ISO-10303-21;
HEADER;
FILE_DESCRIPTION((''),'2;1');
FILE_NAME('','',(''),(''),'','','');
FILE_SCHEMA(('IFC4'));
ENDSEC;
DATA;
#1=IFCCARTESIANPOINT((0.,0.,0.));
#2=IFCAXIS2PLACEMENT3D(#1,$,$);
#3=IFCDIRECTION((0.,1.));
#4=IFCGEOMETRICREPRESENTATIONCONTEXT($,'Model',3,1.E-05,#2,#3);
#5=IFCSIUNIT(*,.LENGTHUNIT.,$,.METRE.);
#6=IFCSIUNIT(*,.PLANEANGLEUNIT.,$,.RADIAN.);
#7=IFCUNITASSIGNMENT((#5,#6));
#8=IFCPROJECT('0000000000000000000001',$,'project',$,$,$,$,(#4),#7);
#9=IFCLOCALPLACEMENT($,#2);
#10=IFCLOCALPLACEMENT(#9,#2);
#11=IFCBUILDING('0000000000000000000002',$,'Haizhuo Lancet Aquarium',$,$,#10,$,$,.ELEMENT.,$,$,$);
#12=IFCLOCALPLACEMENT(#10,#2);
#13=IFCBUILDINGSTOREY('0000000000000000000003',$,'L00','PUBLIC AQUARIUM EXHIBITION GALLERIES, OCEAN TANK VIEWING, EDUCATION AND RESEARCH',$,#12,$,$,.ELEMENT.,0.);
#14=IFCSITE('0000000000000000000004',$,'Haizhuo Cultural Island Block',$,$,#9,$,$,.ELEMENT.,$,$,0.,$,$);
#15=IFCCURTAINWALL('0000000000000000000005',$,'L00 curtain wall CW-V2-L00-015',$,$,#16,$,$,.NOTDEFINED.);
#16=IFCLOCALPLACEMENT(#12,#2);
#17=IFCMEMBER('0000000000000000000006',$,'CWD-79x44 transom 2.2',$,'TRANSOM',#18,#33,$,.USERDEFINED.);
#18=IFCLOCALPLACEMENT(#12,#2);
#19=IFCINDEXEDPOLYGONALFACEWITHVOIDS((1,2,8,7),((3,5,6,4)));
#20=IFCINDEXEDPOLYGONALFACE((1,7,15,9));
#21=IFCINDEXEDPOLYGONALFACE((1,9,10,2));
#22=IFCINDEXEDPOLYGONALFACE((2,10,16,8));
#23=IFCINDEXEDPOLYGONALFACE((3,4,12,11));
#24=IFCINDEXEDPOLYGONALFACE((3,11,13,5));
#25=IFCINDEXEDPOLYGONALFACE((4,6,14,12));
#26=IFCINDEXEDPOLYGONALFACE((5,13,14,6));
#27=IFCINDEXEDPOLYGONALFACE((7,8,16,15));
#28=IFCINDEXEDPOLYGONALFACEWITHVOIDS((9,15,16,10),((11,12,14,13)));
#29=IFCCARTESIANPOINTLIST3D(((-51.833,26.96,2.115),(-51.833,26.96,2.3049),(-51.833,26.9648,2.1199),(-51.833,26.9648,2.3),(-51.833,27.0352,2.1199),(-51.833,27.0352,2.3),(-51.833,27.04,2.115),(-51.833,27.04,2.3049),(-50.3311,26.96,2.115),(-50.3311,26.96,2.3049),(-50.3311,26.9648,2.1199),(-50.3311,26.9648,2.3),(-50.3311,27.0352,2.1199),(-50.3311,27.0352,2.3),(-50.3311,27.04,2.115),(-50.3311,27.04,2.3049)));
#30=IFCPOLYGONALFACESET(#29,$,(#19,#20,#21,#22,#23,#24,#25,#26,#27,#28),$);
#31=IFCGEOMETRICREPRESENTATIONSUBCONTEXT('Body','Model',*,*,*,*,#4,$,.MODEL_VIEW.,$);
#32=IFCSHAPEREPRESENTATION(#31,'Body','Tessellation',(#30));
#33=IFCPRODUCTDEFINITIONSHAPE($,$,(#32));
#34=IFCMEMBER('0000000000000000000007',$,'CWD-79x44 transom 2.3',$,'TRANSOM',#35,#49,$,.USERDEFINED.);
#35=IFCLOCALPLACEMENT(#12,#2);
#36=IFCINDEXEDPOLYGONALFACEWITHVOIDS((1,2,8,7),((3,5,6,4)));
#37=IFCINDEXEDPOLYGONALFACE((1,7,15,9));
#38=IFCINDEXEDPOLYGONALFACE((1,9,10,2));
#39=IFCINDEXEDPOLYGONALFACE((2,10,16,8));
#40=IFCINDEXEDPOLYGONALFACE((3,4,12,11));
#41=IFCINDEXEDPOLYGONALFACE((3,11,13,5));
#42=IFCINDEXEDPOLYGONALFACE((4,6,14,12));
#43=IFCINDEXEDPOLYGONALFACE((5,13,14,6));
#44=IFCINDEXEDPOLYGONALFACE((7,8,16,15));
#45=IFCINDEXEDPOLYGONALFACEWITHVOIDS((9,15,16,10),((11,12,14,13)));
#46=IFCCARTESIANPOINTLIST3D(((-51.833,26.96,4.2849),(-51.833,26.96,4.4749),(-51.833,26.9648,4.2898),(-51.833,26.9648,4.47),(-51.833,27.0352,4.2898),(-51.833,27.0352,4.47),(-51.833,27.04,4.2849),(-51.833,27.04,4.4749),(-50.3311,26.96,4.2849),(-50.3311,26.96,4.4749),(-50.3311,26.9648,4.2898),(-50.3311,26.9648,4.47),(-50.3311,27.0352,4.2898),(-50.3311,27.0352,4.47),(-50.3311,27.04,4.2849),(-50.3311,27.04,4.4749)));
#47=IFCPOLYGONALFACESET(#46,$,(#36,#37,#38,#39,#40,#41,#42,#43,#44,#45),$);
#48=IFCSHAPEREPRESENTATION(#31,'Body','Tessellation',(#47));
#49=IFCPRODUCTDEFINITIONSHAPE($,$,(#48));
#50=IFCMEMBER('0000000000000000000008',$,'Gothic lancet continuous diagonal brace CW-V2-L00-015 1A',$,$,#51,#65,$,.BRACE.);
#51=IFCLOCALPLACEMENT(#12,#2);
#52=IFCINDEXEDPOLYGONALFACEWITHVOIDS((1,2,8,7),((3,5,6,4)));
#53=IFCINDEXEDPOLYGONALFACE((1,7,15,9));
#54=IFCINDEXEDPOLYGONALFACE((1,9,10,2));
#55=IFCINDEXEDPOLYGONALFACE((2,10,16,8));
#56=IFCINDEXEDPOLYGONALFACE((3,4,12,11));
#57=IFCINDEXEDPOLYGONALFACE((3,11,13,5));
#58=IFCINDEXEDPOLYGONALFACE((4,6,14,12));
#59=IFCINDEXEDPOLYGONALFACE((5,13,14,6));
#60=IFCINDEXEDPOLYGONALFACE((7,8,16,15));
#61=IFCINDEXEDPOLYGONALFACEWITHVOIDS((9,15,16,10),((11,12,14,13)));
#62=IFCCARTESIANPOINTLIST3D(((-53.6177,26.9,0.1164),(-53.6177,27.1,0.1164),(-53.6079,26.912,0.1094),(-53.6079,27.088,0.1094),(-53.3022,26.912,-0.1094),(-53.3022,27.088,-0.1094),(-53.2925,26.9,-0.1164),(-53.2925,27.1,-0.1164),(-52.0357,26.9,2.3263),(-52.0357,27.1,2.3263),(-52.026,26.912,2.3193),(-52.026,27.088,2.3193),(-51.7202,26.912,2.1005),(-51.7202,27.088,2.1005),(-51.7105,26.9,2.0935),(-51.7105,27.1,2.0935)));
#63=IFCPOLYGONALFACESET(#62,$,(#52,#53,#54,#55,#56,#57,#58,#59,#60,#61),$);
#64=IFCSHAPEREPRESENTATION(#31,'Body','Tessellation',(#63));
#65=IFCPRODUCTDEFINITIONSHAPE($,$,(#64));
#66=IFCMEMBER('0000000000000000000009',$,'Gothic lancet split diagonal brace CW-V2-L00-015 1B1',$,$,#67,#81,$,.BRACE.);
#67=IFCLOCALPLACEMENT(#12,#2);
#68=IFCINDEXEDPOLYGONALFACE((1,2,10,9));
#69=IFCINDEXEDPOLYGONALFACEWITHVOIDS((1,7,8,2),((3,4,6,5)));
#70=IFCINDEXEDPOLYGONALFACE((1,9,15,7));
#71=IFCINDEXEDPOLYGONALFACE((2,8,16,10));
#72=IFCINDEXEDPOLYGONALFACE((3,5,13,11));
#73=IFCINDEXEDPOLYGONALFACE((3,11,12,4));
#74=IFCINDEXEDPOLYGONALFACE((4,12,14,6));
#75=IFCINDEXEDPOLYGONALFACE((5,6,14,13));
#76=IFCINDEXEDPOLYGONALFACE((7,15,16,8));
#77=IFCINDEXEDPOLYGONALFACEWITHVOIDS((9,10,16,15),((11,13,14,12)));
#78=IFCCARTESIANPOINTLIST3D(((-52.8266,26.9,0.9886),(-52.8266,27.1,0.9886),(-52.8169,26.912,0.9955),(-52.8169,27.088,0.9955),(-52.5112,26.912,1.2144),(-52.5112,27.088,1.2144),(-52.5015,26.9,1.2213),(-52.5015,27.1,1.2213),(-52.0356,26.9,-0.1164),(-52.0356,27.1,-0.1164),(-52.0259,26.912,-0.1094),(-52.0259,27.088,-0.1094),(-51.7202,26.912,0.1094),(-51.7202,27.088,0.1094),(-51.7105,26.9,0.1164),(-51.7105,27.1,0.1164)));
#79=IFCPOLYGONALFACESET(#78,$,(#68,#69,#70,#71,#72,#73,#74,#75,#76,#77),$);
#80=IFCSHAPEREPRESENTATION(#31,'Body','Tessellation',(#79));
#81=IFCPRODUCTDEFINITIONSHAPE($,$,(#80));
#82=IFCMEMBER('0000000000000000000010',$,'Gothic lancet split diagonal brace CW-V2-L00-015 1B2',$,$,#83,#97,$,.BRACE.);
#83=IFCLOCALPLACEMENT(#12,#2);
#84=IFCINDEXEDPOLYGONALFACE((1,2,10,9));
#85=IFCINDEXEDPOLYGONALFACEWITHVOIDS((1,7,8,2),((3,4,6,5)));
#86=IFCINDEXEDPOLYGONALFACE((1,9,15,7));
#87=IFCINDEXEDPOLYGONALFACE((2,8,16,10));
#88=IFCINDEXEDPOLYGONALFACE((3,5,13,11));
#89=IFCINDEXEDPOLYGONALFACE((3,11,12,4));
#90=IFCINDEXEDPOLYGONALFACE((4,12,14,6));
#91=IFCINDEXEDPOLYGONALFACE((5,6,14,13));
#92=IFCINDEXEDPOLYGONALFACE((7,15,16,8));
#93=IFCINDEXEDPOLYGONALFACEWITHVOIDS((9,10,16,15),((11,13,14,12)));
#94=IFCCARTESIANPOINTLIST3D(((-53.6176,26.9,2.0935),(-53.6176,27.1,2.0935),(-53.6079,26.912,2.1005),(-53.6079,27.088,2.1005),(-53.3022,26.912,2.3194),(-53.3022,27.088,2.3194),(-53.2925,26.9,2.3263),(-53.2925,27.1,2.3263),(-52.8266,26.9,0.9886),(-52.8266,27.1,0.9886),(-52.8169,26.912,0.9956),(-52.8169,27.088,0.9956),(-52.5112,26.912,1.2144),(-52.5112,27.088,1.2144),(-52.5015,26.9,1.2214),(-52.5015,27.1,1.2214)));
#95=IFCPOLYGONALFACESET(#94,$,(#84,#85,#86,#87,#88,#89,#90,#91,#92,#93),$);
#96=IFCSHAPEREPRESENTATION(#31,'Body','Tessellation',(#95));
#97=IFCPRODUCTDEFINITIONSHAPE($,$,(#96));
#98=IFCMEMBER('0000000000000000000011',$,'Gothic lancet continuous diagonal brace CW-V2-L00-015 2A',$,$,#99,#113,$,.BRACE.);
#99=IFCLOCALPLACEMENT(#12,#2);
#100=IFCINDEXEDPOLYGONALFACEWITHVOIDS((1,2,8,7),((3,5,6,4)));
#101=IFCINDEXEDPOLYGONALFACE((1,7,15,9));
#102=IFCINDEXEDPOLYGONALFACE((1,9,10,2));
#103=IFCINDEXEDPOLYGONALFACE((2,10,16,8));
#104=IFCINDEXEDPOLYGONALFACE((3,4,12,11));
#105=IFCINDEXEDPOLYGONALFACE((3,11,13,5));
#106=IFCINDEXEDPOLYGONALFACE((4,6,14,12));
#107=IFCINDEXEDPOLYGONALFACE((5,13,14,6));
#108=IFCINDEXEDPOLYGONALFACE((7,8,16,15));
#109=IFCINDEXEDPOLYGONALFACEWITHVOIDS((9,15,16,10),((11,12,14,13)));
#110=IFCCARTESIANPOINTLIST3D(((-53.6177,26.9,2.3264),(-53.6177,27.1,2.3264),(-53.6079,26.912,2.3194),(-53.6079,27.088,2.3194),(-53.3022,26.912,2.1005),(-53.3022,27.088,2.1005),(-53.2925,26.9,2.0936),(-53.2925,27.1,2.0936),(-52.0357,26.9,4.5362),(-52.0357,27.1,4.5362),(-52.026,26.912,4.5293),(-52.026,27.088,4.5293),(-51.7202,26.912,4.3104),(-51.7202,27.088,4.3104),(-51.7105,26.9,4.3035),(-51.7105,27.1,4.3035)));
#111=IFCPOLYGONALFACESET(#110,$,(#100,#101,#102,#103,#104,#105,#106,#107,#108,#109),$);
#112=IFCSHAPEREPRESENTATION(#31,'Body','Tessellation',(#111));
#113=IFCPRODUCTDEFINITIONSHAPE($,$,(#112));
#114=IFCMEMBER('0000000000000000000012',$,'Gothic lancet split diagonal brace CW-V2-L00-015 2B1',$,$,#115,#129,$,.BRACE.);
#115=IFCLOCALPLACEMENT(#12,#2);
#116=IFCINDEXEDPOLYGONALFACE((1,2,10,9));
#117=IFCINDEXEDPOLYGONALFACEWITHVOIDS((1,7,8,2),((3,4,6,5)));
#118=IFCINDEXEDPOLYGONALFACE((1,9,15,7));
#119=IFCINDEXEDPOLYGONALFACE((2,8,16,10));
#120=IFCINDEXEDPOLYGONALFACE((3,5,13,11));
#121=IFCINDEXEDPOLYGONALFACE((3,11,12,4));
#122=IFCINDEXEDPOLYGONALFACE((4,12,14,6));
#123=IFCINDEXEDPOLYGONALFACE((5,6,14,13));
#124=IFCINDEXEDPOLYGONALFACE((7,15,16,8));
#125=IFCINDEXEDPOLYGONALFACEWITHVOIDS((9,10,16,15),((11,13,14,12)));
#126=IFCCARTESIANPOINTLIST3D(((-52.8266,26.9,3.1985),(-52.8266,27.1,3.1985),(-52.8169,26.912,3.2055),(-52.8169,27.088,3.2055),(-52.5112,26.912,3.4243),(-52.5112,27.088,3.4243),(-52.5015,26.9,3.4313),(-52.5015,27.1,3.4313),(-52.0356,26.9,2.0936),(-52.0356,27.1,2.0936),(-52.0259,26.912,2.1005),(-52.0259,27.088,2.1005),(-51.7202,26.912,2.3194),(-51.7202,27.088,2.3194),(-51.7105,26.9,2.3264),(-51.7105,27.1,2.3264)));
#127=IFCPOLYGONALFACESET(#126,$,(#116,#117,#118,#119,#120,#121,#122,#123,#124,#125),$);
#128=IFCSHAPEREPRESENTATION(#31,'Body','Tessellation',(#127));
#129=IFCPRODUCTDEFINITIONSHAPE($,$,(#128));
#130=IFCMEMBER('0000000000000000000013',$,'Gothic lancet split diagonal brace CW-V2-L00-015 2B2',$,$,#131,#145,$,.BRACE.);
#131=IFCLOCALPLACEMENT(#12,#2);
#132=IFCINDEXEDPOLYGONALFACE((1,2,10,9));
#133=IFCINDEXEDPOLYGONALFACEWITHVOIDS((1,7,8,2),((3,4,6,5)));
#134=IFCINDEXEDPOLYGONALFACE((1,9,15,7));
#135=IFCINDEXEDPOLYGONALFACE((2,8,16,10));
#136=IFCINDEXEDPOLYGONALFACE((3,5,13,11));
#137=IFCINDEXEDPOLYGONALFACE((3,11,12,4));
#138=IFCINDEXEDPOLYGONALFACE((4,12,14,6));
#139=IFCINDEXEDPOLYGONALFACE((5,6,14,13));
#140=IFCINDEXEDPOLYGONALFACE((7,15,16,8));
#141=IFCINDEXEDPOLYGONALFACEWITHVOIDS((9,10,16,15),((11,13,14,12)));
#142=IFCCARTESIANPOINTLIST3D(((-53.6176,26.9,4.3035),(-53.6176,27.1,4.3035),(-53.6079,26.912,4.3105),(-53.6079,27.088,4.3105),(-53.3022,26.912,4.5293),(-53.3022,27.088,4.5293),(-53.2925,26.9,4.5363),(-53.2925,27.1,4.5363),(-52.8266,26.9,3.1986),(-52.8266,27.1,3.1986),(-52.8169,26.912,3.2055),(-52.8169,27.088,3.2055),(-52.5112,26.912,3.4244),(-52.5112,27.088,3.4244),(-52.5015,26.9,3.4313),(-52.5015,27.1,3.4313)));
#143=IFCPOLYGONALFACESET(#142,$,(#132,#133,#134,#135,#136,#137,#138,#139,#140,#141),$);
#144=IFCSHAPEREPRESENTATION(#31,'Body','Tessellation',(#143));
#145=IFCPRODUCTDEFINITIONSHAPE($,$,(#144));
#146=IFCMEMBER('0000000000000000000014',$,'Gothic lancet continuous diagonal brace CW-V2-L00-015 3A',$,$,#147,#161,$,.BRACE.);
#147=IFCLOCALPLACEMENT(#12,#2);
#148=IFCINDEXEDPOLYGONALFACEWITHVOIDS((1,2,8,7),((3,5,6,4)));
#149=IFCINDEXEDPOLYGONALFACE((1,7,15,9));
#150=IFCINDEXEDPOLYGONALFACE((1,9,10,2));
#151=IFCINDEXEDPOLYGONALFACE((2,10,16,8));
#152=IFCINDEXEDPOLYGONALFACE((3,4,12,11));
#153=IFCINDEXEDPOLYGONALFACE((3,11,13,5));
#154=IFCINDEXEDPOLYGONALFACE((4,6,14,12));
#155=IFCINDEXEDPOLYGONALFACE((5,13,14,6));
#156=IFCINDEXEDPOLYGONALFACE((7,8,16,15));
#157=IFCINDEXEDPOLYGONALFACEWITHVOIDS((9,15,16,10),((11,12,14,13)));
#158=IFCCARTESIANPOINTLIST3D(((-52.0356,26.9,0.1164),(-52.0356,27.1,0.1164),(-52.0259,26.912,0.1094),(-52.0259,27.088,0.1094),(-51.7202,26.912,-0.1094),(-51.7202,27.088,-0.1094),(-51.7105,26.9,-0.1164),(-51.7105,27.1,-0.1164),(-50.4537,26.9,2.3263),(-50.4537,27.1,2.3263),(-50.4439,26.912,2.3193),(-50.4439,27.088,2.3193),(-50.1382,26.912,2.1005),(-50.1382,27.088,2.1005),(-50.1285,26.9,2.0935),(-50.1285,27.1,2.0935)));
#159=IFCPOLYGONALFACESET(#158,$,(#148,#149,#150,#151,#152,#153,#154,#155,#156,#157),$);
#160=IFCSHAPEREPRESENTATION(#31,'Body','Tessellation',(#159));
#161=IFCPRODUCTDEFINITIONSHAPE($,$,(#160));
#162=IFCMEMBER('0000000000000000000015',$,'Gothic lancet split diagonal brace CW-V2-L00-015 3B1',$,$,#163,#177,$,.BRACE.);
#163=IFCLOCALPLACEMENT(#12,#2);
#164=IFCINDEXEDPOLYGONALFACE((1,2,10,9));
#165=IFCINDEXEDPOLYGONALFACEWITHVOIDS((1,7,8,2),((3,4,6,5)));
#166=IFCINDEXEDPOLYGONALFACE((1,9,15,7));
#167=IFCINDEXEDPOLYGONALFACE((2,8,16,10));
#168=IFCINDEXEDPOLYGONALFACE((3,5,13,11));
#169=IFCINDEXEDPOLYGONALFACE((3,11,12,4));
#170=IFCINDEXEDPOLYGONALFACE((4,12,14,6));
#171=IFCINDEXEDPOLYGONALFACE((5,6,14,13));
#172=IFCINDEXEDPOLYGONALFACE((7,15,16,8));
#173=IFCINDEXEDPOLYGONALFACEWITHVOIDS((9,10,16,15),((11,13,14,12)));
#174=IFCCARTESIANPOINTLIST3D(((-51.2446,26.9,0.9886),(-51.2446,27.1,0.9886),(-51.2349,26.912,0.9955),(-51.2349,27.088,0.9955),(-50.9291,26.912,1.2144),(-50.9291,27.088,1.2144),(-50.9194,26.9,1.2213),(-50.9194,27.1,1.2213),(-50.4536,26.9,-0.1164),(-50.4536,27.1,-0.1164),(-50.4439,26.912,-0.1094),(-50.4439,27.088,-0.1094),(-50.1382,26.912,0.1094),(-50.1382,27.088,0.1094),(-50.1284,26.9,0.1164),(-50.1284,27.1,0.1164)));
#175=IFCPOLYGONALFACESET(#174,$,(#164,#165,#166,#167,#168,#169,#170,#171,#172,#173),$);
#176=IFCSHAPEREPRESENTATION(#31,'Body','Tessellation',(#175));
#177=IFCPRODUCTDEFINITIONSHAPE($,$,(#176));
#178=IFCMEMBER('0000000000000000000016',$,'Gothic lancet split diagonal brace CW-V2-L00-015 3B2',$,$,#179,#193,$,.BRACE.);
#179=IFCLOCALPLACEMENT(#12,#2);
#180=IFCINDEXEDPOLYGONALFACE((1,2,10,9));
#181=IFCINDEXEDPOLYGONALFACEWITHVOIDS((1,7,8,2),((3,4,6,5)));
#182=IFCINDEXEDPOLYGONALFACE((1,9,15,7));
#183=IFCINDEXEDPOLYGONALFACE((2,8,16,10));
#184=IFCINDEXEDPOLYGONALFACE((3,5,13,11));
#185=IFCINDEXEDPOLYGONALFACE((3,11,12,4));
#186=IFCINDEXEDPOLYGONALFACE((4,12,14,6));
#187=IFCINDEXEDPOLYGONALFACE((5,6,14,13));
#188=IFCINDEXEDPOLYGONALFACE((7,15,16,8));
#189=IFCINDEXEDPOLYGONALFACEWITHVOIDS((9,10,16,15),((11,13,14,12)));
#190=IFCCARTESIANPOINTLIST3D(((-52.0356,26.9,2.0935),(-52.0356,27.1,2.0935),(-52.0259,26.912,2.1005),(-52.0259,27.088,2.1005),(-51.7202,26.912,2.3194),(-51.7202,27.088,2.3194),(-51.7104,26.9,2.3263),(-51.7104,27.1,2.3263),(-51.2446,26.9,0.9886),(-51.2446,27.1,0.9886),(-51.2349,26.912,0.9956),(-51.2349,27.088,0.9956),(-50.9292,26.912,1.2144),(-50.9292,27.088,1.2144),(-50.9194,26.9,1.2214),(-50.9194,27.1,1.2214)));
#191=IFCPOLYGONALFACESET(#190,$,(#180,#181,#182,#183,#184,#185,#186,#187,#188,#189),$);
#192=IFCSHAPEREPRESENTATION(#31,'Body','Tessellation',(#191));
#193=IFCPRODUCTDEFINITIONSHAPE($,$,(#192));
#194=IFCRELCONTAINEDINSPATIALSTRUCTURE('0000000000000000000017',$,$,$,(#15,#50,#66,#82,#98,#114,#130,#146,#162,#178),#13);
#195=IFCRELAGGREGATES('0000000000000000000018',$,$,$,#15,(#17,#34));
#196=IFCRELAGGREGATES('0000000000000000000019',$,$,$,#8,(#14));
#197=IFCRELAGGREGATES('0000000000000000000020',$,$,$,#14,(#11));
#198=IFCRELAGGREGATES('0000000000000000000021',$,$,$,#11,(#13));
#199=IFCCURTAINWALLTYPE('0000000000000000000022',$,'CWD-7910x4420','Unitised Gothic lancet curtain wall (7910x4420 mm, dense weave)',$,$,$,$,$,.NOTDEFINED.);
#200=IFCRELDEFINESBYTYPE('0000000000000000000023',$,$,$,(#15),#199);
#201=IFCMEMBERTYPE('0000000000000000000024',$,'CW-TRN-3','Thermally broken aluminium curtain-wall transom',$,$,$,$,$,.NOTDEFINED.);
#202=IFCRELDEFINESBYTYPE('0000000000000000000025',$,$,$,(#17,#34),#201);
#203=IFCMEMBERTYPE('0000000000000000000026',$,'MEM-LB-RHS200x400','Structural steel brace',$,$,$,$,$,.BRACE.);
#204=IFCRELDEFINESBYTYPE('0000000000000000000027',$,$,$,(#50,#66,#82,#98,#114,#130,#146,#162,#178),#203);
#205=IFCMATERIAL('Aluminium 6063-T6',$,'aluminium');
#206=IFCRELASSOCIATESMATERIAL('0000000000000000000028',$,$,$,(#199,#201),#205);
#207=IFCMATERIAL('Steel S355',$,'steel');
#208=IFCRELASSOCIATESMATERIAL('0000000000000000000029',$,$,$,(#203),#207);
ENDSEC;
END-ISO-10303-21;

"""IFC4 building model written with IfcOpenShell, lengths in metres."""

from ifc_helpers import new_model, si_unit, direction, frame, origin, origin_2d, place, context, subcontext, project, spatial, hollow_rectangle, extrude, material, material_profile, profile_set, type_object, element, aggregate, save


model = new_model("IFC4")

# Units and contexts
model_context = context("Model", 3, precision=1e-05, world=origin(), true_north=direction((0.0, 1.0)))
body_context = subcontext(model_context, "Body", "Model", "MODEL_VIEW")
ifc_project = project(units=[si_unit("LENGTHUNIT", "METRE"), si_unit("PLANEANGLEUNIT", "RADIAN")], contexts=[model_context])

# Site, building, storey
site_placement = place(None, origin())
site = spatial("IfcSite", under=ifc_project, at=site_placement, Name="Haizhuo Cultural Island Block", CompositionType="ELEMENT", RefElevation=0.0)
building_placement = place(site_placement, origin())
building = spatial("IfcBuilding", under=site, at=building_placement, Name="Haizhuo Lancet Aquarium", CompositionType="ELEMENT")
storey_placement = place(building_placement, origin())
storey = spatial("IfcBuildingStorey", under=building, at=storey_placement, Name="L00", Description="PUBLIC AQUARIUM EXHIBITION GALLERIES, OCEAN TANK VIEWING, EDUCATION AND RESEARCH", CompositionType="ELEMENT", Elevation=0.0)

# Shared definitions
ifc_material_1 = material(Name="Steel S355", Category="steel")

# Curtain wall, members
ifc_material_2 = material(Name="Aluminium 6063-T6", Category="aluminium")
curtain_wall_type = type_object("IfcCurtainWallType", Name="CWD-7910x4420", Description="Unitised Gothic lancet curtain wall (7910x4420 mm, dense weave)", PredefinedType="NOTDEFINED", material=ifc_material_2)
curtain_wall_placement = place(storey_placement, origin())
curtain_wall = element("IfcCurtainWall", 1, at=curtain_wall_placement, inside=storey, type_object=curtain_wall_type, Name="L00 curtain wall CW-V2-L00-015", PredefinedType="NOTDEFINED")
ifc_material_profile_1 = material_profile(ifc_material_2, hollow_rectangle(XDim=0.0801, YDim=0.1899, WallThickness=0.0049, at=origin_2d()), Name="ALU-T 80x190x5")
ifc_profile_set_1 = profile_set([ifc_material_profile_1], Name="Aluminium 6063-T6")
member_type_1 = type_object("IfcMemberType", Name="CW-TRN-3", Description="Thermally broken aluminium curtain-wall transom", PredefinedType="NOTDEFINED", material=ifc_profile_set_1)
member_1_placement = place(storey_placement, frame((-51.833, 27.0, 2.21), z_axis=(1.0, 0.0, 0.0), x_axis=(0.0, 1.0, 0.0)))
member_1 = element("IfcMember", 2, at=member_1_placement, type_object=member_type_1, Name="CWD-79x44 transom 2.2", ObjectType="TRANSOM", PredefinedType="USERDEFINED", context=body_context, shape_type="SweptSolid", body=[
    extrude(hollow_rectangle(XDim=0.0801, YDim=0.1899, WallThickness=0.0049, at=origin_2d()), origin(), (0.0, 0.0, 1.0), 1.502),
])
member_2_placement = place(storey_placement, frame((-51.833, 27.0, 4.3799), z_axis=(1.0, 0.0, 0.0), x_axis=(0.0, 1.0, 0.0)))
member_2 = element("IfcMember", 3, at=member_2_placement, type_object=member_type_1, Name="CWD-79x44 transom 2.3", ObjectType="TRANSOM", PredefinedType="USERDEFINED", context=body_context, shape_type="SweptSolid", body=[
    extrude(hollow_rectangle(XDim=0.0801, YDim=0.1899, WallThickness=0.0049, at=origin_2d()), origin(), (0.0, 0.0, 1.0), 1.502),
])

# Members
ifc_material_profile_2 = material_profile(ifc_material_1, hollow_rectangle(XDim=0.2, YDim=0.3999, WallThickness=0.012, at=origin_2d()), Name="RHS 200x400x12")
ifc_profile_set_2 = profile_set([ifc_material_profile_2], Name="Steel S355")
member_type_2 = type_object("IfcMemberType", Name="MEM-LB-RHS200x400", Description="Structural steel brace", PredefinedType="BRACE", material=ifc_profile_set_2)
member_3_placement = place(storey_placement, frame((-53.4551, 27.0, 0.0), z_axis=(0.582088, 0.0, 0.813126), x_axis=(0.0, 1.0, 0.0)))
element("IfcMember", 4, at=member_3_placement, inside=storey, type_object=member_type_2, Name="Gothic lancet continuous diagonal brace CW-V2-L00-015 1A", PredefinedType="BRACE", context=body_context, shape_type="SweptSolid", body=[
    extrude(hollow_rectangle(XDim=0.2, YDim=0.3999, WallThickness=0.012, at=origin_2d()), origin(), (0.0, 0.0, 1.0), 2.7178),
])
for number, where, z_axis, x_axis, name in (
    (5, (-51.873, 27.0, 0.0), (-0.582088, 0.0, 0.813126), (0.0, -1.0, 0.0), "Gothic lancet split diagonal brace CW-V2-L00-015 1B1"),
    (6, (-52.6641, 27.0, 1.105), (-0.582088, 0.0, 0.813126), (0.0, -1.0, 0.0), "Gothic lancet split diagonal brace CW-V2-L00-015 1B2"),
):
    element("IfcMember", number, at=place(storey_placement, frame(where, z_axis=z_axis, x_axis=x_axis)), inside=storey, type_object=member_type_2, Name=name, PredefinedType="BRACE", context=body_context, shape_type="SweptSolid", body=[
        extrude(hollow_rectangle(XDim=0.2, YDim=0.3999, WallThickness=0.012, at=origin_2d()), origin(), (0.0, 0.0, 1.0), 1.3589),
    ])
member_4_placement = place(storey_placement, frame((-53.4551, 27.0, 2.21), z_axis=(0.582088, 0.0, 0.813126), x_axis=(0.0, 1.0, 0.0)))
element("IfcMember", 7, at=member_4_placement, inside=storey, type_object=member_type_2, Name="Gothic lancet continuous diagonal brace CW-V2-L00-015 2A", PredefinedType="BRACE", context=body_context, shape_type="SweptSolid", body=[
    extrude(hollow_rectangle(XDim=0.2, YDim=0.3999, WallThickness=0.012, at=origin_2d()), origin(), (0.0, 0.0, 1.0), 2.7178),
])
for number, where, z_axis, x_axis, name in (
    (8, (-51.873, 27.0, 2.21), (-0.582088, 0.0, 0.813126), (0.0, -1.0, 0.0), "Gothic lancet split diagonal brace CW-V2-L00-015 2B1"),
    (9, (-52.6641, 27.0, 3.3149), (-0.582088, 0.0, 0.813126), (0.0, -1.0, 0.0), "Gothic lancet split diagonal brace CW-V2-L00-015 2B2"),
):
    element("IfcMember", number, at=place(storey_placement, frame(where, z_axis=z_axis, x_axis=x_axis)), inside=storey, type_object=member_type_2, Name=name, PredefinedType="BRACE", context=body_context, shape_type="SweptSolid", body=[
        extrude(hollow_rectangle(XDim=0.2, YDim=0.3999, WallThickness=0.012, at=origin_2d()), origin(), (0.0, 0.0, 1.0), 1.3589),
    ])
member_5_placement = place(storey_placement, frame((-51.873, 27.0, 0.0), z_axis=(0.582088, 0.0, 0.813126), x_axis=(0.0, 1.0, 0.0)))
element("IfcMember", 10, at=member_5_placement, inside=storey, type_object=member_type_2, Name="Gothic lancet continuous diagonal brace CW-V2-L00-015 3A", PredefinedType="BRACE", context=body_context, shape_type="SweptSolid", body=[
    extrude(hollow_rectangle(XDim=0.2, YDim=0.3999, WallThickness=0.012, at=origin_2d()), origin(), (0.0, 0.0, 1.0), 2.7178),
])
for number, where, z_axis, x_axis, name in (
    (11, (-50.291, 27.0, 0.0), (-0.582088, 0.0, 0.813126), (0.0, -1.0, 0.0), "Gothic lancet split diagonal brace CW-V2-L00-015 3B1"),
    (12, (-51.082, 27.0, 1.105), (-0.582088, 0.0, 0.813126), (0.0, -1.0, 0.0), "Gothic lancet split diagonal brace CW-V2-L00-015 3B2"),
):
    element("IfcMember", number, at=place(storey_placement, frame(where, z_axis=z_axis, x_axis=x_axis)), inside=storey, type_object=member_type_2, Name=name, PredefinedType="BRACE", context=body_context, shape_type="SweptSolid", body=[
        extrude(hollow_rectangle(XDim=0.2, YDim=0.3999, WallThickness=0.012, at=origin_2d()), origin(), (0.0, 0.0, 1.0), 1.3589),
    ])

aggregate(curtain_wall, [member_1, member_2])

save(model, "model.ifc")
